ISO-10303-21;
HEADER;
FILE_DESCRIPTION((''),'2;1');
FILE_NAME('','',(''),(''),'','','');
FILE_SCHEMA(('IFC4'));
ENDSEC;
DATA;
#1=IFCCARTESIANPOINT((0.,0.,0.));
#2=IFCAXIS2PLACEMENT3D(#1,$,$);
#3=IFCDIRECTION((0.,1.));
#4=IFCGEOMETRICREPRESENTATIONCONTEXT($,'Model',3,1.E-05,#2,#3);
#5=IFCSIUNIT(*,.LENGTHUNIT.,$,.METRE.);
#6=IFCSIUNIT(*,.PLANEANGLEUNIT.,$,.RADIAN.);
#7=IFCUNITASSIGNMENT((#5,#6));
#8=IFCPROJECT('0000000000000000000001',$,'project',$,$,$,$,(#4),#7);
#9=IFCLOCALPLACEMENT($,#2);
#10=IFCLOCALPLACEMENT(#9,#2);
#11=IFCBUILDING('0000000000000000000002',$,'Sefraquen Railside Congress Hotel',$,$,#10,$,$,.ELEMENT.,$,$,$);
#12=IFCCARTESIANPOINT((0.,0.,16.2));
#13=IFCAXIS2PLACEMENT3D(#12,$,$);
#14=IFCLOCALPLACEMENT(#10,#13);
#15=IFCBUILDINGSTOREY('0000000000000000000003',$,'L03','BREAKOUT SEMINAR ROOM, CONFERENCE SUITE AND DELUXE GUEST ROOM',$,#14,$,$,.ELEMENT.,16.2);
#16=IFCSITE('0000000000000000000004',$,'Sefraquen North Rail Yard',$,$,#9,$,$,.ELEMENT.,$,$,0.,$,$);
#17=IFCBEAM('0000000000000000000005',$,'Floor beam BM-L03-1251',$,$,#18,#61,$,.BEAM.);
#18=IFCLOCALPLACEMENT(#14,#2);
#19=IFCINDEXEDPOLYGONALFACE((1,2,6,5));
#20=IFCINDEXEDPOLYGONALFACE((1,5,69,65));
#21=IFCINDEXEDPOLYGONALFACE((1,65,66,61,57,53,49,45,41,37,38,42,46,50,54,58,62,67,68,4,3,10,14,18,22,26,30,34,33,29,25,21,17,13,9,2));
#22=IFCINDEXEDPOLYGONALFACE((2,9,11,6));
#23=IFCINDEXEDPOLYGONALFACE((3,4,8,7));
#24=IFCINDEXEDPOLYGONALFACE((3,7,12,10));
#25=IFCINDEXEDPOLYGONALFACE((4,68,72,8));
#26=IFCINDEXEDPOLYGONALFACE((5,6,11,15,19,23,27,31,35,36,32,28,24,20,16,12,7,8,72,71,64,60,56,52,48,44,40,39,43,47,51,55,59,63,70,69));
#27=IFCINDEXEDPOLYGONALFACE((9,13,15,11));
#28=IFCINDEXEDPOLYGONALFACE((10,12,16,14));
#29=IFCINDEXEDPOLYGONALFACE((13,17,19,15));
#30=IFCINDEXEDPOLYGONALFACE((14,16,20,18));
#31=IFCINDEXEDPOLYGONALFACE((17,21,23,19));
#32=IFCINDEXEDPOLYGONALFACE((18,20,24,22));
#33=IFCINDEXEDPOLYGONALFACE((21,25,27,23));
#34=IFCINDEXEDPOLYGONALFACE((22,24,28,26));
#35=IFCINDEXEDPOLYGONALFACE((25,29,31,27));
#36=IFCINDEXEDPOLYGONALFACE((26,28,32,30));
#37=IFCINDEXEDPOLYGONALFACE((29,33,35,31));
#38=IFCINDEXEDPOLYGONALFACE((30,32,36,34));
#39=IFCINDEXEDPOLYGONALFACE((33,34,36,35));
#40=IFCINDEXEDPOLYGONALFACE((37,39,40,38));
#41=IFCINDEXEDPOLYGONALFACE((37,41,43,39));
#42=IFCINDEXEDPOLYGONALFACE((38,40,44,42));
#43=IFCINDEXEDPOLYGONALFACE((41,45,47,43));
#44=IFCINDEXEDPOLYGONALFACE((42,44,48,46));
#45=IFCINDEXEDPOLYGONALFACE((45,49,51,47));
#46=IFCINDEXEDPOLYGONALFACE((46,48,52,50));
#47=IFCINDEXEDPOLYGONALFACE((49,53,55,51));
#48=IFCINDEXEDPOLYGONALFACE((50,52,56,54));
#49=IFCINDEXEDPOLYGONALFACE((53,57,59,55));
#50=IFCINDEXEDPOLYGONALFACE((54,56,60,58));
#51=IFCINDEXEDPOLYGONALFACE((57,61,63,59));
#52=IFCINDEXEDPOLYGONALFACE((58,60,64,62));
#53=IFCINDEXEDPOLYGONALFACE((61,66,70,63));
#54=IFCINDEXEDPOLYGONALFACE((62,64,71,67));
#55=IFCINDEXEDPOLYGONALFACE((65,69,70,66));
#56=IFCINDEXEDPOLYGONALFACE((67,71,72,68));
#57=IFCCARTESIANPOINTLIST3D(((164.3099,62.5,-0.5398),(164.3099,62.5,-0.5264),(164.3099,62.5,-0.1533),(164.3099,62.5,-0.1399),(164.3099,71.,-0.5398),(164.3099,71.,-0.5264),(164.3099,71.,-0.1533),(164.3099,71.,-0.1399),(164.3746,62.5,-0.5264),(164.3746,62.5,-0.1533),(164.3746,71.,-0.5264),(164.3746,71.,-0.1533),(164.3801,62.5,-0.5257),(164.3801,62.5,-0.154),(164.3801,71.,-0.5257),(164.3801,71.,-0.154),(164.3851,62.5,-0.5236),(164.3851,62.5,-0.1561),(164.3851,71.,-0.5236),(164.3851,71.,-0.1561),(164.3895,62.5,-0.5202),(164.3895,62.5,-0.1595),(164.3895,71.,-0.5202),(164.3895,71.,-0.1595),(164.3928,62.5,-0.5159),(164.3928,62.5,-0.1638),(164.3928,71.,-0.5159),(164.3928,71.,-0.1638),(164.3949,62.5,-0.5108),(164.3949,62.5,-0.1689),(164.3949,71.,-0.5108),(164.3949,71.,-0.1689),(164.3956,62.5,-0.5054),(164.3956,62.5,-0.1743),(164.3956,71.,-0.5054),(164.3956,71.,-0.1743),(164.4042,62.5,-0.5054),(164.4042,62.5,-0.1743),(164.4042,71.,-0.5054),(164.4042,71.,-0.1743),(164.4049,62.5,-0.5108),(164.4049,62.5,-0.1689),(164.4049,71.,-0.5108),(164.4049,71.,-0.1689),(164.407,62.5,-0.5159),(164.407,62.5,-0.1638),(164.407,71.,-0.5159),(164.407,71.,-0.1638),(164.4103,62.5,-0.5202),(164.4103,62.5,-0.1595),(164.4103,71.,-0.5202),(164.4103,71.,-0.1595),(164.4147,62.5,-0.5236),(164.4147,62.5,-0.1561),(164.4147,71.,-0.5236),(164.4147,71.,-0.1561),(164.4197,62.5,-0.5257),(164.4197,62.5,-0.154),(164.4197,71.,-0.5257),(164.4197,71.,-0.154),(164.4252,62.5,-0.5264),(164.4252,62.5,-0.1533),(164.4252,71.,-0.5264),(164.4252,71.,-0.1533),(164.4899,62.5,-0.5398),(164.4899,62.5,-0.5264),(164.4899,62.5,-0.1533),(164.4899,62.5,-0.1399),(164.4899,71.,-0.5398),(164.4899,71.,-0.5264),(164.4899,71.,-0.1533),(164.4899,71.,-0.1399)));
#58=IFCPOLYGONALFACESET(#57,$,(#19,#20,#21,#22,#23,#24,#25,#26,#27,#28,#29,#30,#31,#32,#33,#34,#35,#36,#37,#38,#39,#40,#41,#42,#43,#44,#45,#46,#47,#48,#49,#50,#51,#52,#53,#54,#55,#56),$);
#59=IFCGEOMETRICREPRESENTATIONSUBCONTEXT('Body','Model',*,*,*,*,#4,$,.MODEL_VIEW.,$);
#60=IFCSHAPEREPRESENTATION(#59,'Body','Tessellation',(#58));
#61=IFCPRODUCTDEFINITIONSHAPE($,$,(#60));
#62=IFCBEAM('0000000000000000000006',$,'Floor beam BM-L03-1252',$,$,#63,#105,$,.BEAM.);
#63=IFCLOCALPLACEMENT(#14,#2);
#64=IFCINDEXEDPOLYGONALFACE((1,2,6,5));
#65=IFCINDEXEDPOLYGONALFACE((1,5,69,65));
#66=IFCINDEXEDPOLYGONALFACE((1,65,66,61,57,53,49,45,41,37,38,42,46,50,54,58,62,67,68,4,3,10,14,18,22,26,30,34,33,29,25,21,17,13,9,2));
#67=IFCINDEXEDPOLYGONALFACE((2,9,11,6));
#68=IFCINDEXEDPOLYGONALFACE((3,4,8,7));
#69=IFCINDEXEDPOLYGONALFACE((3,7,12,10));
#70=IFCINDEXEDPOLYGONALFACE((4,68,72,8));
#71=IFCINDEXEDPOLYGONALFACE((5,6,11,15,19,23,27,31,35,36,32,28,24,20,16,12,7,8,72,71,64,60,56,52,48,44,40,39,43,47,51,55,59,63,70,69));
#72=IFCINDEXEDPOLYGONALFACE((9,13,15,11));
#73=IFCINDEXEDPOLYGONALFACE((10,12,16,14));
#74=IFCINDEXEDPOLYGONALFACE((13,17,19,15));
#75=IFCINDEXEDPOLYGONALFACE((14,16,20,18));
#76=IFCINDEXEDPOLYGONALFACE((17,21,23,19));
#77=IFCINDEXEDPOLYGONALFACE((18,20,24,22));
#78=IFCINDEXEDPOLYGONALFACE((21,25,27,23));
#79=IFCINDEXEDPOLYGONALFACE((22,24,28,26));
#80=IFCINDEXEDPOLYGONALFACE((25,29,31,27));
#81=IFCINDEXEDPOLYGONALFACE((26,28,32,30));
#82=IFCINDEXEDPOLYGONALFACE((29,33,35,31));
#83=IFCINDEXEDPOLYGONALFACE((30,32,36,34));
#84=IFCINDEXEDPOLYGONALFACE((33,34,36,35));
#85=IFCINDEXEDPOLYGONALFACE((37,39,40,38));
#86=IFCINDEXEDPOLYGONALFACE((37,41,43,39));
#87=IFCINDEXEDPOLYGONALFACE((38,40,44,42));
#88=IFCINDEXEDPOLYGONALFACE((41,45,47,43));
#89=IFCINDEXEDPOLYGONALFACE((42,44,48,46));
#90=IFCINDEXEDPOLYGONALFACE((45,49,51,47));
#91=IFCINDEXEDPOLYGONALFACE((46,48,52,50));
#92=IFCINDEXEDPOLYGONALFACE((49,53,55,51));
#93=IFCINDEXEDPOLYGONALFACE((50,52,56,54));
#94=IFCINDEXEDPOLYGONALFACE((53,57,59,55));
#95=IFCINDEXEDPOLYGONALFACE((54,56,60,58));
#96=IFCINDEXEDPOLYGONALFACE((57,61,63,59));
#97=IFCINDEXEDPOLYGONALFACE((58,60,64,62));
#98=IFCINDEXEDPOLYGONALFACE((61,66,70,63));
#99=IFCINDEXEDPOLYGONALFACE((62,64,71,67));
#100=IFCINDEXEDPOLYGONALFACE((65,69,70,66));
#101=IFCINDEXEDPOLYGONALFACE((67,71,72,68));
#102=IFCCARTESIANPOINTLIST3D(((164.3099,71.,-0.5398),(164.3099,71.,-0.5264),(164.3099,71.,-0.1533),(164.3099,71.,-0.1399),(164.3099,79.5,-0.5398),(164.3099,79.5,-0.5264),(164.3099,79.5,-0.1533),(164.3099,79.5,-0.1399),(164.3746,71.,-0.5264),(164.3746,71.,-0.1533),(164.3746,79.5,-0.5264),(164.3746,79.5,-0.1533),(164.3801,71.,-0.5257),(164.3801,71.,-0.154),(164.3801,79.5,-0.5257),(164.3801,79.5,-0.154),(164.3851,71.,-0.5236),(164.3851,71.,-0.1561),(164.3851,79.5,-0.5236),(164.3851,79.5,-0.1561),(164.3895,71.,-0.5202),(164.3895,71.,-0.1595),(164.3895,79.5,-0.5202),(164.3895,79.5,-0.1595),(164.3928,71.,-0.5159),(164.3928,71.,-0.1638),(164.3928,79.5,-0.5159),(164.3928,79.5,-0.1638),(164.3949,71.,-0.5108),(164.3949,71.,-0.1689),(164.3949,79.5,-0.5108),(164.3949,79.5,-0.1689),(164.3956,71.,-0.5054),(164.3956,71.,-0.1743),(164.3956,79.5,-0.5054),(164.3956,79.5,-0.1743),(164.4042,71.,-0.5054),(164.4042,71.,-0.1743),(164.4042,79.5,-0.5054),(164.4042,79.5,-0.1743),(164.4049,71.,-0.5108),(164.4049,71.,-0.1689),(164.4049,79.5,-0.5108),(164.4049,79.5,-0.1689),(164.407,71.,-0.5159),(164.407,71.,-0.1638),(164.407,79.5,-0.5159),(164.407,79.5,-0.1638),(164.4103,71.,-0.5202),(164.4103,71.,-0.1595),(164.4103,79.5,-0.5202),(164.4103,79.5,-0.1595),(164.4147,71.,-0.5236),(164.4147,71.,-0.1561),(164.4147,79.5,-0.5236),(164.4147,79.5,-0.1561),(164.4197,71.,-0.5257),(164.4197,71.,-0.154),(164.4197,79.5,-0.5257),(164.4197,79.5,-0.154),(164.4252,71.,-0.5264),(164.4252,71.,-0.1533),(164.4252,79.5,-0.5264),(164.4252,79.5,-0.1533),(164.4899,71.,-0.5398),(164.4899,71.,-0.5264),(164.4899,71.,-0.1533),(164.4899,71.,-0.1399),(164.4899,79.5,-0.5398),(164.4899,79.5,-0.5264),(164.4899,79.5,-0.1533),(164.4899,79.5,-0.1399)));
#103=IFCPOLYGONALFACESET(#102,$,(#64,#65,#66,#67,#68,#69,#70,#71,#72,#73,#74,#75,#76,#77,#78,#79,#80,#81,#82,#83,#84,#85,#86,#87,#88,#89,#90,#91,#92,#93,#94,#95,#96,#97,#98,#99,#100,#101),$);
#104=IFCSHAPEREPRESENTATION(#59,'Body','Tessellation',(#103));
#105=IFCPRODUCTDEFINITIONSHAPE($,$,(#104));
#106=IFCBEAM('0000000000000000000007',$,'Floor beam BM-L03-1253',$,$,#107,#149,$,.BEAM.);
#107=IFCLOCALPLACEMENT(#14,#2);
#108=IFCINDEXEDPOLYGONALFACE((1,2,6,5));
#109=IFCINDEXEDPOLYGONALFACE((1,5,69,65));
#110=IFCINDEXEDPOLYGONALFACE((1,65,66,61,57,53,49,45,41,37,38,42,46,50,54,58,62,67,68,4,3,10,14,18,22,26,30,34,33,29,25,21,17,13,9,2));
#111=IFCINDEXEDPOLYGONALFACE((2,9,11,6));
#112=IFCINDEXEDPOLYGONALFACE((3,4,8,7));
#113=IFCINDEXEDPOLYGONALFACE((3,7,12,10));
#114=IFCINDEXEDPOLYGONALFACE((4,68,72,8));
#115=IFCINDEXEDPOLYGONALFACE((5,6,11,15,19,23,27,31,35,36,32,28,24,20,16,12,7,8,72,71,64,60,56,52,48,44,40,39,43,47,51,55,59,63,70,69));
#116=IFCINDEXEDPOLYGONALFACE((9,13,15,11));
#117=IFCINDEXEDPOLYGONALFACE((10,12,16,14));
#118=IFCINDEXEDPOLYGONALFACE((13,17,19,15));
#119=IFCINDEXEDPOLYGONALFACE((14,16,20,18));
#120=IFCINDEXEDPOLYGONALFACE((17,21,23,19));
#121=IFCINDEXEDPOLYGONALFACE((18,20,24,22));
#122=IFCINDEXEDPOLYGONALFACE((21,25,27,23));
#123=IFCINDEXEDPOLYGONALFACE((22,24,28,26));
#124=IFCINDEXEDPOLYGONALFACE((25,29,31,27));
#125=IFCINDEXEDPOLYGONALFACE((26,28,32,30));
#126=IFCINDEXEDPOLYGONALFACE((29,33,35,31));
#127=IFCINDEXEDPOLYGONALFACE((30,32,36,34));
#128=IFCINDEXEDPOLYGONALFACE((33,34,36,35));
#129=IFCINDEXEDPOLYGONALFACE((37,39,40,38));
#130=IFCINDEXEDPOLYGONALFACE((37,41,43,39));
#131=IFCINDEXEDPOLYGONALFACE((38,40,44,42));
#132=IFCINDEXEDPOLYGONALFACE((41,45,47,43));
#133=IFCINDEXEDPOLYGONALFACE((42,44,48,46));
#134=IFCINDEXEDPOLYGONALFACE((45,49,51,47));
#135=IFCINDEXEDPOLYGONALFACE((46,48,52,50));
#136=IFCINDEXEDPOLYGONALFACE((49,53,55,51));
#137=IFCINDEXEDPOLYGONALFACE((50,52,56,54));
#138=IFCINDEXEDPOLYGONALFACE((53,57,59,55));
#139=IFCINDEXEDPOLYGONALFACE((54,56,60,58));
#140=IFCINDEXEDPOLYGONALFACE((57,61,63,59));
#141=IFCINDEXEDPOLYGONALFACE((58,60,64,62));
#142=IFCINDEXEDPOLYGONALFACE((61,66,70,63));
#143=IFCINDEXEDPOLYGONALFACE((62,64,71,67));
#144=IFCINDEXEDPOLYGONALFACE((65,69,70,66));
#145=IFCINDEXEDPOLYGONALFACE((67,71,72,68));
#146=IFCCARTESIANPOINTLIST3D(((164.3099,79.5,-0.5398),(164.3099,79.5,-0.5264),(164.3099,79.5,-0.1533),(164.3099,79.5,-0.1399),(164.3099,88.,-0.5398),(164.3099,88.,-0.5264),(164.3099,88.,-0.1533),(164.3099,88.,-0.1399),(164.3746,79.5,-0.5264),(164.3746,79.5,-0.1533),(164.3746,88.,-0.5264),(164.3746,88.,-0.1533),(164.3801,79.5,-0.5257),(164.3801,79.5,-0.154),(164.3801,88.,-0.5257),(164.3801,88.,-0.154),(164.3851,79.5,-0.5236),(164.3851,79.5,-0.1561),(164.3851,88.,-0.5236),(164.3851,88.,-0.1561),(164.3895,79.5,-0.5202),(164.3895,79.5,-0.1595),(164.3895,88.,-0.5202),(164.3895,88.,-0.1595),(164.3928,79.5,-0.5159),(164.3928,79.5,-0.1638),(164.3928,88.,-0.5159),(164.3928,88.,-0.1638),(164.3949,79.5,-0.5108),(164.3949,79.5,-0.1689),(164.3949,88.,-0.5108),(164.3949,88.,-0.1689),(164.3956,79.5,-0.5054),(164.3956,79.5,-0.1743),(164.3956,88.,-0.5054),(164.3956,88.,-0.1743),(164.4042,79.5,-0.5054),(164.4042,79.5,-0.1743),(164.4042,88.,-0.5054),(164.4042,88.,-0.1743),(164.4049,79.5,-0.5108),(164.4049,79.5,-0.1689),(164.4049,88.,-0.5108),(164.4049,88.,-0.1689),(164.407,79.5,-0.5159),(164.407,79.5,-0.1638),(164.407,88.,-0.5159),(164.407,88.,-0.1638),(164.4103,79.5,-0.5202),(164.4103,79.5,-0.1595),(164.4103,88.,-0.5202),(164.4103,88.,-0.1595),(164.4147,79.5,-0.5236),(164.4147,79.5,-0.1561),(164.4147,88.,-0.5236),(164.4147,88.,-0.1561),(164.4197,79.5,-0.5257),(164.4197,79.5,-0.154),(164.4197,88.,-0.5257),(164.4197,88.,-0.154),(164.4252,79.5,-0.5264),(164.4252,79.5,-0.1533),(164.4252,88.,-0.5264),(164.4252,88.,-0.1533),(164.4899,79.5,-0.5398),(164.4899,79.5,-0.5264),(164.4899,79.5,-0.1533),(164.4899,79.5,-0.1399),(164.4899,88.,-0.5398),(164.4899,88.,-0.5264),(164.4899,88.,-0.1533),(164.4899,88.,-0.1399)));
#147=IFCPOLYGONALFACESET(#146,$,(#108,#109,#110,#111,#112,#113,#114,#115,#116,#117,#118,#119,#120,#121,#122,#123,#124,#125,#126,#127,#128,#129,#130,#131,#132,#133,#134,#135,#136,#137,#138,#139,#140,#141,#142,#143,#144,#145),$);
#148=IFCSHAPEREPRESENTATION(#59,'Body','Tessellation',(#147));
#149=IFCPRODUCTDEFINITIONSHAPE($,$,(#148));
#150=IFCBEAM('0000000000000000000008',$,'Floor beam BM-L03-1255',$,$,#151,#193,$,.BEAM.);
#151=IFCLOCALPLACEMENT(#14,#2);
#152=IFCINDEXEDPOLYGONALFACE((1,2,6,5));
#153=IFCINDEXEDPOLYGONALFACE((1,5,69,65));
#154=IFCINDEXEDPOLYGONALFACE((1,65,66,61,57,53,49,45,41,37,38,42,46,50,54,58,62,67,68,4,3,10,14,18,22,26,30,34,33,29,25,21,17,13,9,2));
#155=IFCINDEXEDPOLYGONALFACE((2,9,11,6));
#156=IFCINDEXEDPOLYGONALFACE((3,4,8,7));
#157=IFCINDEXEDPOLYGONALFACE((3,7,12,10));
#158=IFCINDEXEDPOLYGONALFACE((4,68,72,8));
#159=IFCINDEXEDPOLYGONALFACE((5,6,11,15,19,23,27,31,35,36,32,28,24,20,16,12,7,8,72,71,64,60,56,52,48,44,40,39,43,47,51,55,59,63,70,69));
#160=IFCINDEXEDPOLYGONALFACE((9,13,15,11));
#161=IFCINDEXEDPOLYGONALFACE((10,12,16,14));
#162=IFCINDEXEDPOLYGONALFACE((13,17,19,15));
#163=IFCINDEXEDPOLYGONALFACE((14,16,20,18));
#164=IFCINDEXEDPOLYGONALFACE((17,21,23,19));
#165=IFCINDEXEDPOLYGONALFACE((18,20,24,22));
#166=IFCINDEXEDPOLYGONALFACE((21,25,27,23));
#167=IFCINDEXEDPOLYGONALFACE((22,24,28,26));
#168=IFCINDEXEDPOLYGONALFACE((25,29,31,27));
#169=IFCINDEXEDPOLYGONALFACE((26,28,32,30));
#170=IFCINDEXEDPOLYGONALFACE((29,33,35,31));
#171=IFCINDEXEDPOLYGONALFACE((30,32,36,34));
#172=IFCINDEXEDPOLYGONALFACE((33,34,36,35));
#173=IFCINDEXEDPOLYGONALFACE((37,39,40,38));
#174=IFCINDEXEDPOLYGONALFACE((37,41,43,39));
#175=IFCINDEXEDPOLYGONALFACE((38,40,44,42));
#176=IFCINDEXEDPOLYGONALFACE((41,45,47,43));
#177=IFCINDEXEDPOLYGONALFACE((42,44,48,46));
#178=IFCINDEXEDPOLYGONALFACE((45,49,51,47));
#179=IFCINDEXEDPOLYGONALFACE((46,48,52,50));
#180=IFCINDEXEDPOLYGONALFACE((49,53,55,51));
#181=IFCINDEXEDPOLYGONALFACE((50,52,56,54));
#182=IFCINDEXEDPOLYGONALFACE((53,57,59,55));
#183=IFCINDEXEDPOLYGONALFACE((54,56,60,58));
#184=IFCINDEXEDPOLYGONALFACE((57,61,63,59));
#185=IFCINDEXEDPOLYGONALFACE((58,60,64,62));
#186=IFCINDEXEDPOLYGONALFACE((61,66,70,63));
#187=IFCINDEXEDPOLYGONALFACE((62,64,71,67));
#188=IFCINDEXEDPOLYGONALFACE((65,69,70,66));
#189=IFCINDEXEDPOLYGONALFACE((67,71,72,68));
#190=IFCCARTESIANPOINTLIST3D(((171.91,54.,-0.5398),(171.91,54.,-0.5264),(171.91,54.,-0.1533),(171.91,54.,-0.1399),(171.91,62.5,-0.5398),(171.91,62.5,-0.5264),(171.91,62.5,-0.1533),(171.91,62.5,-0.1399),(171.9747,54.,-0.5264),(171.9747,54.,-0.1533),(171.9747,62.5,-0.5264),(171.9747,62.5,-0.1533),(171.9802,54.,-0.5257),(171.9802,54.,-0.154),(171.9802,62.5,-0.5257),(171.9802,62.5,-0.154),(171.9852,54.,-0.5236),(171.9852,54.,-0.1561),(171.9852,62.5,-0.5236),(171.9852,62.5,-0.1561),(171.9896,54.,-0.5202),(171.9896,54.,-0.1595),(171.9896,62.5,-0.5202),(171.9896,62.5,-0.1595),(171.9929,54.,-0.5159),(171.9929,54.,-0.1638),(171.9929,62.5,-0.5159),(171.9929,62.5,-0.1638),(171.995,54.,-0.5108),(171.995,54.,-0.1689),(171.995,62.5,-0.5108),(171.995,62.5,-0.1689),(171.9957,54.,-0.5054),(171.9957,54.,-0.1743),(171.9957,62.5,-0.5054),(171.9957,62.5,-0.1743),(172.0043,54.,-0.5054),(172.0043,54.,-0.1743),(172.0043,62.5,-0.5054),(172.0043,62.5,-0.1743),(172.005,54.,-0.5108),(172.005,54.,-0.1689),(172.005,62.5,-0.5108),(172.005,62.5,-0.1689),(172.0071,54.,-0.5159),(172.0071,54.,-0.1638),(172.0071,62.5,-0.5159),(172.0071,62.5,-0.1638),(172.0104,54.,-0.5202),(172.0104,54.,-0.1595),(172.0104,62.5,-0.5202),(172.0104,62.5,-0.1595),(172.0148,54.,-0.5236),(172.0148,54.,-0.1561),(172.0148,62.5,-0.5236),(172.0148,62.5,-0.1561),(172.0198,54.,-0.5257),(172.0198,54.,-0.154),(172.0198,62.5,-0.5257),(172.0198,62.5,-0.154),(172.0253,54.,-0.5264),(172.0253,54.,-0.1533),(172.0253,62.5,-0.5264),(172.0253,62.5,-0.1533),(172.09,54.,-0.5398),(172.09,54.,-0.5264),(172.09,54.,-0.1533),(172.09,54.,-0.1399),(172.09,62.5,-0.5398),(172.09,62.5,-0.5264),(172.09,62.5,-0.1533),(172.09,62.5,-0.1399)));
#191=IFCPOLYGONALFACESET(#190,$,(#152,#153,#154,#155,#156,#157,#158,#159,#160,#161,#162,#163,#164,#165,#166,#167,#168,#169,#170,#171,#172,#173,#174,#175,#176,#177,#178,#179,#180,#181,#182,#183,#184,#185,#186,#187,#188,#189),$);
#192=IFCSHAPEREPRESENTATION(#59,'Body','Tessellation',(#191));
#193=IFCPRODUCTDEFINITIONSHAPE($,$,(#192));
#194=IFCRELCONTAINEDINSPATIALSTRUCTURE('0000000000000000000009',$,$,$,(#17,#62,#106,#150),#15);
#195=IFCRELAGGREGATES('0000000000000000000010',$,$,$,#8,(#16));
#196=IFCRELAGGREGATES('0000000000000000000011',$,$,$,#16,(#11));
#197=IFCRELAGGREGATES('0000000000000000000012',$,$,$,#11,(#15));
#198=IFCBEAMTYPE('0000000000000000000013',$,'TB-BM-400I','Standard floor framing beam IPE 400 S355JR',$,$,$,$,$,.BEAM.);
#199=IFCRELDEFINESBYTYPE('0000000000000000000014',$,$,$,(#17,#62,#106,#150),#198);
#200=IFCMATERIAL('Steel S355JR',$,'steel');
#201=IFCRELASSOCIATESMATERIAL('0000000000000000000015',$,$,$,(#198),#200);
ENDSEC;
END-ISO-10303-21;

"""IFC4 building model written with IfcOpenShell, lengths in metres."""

from ifc_helpers import new_model, si_unit, direction, frame, origin, origin_2d, place, context, subcontext, project, spatial, i_section, extrude, material, material_profile, profile_set, type_object, element, save


model = new_model("IFC4")

# Units and contexts
model_context = context("Model", 3, precision=1e-05, world=origin(), true_north=direction((0.0, 1.0)))
body_context = subcontext(model_context, "Body", "Model", "MODEL_VIEW")
ifc_project = project(units=[si_unit("LENGTHUNIT", "METRE"), si_unit("PLANEANGLEUNIT", "RADIAN")], contexts=[model_context])

# Site, building, storey
site_placement = place(None, origin())
site = spatial("IfcSite", under=ifc_project, at=site_placement, Name="Sefraquen North Rail Yard", CompositionType="ELEMENT", RefElevation=0.0)
building_placement = place(site_placement, origin())
building = spatial("IfcBuilding", under=site, at=building_placement, Name="Sefraquen Railside Congress Hotel", CompositionType="ELEMENT")
storey_placement = place(building_placement, frame((0.0, 0.0, 16.2)))
storey = spatial("IfcBuildingStorey", under=building, at=storey_placement, Name="L03", Description="BREAKOUT SEMINAR ROOM, CONFERENCE SUITE AND DELUXE GUEST ROOM", CompositionType="ELEMENT", Elevation=16.2)

# Shared definitions
ifc_material_1 = material(Name="Steel S355JR", Category="steel")

# Beams
ifc_material_profile_1 = material_profile(ifc_material_1, i_section(OverallWidth=0.1799, OverallDepth=0.3999, WebThickness=0.0085, FlangeThickness=0.0134, FilletRadius=0.021, at=origin_2d()), Name="IPE 400")
ifc_profile_set_1 = profile_set([ifc_material_profile_1], Name="Steel S355JR")
beam_type_1 = type_object("IfcBeamType", Name="TB-BM-400I", Description="Standard floor framing beam IPE 400 S355JR", PredefinedType="BEAM", material=ifc_profile_set_1)
for number, where, z_axis, x_axis, name in (
    (1, (164.3999, 62.5, -0.3398), (0.0, 1.0, 0.0), (-1.0, 0.0, 0.0), "Floor beam BM-L03-1251"),
    (2, (164.3999, 71.0, -0.3398), (0.0, 1.0, 0.0), (-1.0, 0.0, 0.0), "Floor beam BM-L03-1252"),
    (3, (164.3999, 79.5, -0.3398), (0.0, 1.0, 0.0), (-1.0, 0.0, 0.0), "Floor beam BM-L03-1253"),
    (4, (172.0, 54.0, -0.3398), (0.0, 1.0, 0.0), (-1.0, 0.0, 0.0), "Floor beam BM-L03-1255"),
):
    element("IfcBeam", number, at=place(storey_placement, frame(where, z_axis=z_axis, x_axis=x_axis)), inside=storey, type_object=beam_type_1, Name=name, PredefinedType="BEAM", context=body_context, shape_type="SweptSolid", body=[
        extrude(i_section(OverallWidth=0.1799, OverallDepth=0.3999, WebThickness=0.0085, FlangeThickness=0.0134, FilletRadius=0.021, at=origin_2d()), origin(), (0.0, 0.0, 1.0), 8.5),
    ])

save(model, "model.ifc")
